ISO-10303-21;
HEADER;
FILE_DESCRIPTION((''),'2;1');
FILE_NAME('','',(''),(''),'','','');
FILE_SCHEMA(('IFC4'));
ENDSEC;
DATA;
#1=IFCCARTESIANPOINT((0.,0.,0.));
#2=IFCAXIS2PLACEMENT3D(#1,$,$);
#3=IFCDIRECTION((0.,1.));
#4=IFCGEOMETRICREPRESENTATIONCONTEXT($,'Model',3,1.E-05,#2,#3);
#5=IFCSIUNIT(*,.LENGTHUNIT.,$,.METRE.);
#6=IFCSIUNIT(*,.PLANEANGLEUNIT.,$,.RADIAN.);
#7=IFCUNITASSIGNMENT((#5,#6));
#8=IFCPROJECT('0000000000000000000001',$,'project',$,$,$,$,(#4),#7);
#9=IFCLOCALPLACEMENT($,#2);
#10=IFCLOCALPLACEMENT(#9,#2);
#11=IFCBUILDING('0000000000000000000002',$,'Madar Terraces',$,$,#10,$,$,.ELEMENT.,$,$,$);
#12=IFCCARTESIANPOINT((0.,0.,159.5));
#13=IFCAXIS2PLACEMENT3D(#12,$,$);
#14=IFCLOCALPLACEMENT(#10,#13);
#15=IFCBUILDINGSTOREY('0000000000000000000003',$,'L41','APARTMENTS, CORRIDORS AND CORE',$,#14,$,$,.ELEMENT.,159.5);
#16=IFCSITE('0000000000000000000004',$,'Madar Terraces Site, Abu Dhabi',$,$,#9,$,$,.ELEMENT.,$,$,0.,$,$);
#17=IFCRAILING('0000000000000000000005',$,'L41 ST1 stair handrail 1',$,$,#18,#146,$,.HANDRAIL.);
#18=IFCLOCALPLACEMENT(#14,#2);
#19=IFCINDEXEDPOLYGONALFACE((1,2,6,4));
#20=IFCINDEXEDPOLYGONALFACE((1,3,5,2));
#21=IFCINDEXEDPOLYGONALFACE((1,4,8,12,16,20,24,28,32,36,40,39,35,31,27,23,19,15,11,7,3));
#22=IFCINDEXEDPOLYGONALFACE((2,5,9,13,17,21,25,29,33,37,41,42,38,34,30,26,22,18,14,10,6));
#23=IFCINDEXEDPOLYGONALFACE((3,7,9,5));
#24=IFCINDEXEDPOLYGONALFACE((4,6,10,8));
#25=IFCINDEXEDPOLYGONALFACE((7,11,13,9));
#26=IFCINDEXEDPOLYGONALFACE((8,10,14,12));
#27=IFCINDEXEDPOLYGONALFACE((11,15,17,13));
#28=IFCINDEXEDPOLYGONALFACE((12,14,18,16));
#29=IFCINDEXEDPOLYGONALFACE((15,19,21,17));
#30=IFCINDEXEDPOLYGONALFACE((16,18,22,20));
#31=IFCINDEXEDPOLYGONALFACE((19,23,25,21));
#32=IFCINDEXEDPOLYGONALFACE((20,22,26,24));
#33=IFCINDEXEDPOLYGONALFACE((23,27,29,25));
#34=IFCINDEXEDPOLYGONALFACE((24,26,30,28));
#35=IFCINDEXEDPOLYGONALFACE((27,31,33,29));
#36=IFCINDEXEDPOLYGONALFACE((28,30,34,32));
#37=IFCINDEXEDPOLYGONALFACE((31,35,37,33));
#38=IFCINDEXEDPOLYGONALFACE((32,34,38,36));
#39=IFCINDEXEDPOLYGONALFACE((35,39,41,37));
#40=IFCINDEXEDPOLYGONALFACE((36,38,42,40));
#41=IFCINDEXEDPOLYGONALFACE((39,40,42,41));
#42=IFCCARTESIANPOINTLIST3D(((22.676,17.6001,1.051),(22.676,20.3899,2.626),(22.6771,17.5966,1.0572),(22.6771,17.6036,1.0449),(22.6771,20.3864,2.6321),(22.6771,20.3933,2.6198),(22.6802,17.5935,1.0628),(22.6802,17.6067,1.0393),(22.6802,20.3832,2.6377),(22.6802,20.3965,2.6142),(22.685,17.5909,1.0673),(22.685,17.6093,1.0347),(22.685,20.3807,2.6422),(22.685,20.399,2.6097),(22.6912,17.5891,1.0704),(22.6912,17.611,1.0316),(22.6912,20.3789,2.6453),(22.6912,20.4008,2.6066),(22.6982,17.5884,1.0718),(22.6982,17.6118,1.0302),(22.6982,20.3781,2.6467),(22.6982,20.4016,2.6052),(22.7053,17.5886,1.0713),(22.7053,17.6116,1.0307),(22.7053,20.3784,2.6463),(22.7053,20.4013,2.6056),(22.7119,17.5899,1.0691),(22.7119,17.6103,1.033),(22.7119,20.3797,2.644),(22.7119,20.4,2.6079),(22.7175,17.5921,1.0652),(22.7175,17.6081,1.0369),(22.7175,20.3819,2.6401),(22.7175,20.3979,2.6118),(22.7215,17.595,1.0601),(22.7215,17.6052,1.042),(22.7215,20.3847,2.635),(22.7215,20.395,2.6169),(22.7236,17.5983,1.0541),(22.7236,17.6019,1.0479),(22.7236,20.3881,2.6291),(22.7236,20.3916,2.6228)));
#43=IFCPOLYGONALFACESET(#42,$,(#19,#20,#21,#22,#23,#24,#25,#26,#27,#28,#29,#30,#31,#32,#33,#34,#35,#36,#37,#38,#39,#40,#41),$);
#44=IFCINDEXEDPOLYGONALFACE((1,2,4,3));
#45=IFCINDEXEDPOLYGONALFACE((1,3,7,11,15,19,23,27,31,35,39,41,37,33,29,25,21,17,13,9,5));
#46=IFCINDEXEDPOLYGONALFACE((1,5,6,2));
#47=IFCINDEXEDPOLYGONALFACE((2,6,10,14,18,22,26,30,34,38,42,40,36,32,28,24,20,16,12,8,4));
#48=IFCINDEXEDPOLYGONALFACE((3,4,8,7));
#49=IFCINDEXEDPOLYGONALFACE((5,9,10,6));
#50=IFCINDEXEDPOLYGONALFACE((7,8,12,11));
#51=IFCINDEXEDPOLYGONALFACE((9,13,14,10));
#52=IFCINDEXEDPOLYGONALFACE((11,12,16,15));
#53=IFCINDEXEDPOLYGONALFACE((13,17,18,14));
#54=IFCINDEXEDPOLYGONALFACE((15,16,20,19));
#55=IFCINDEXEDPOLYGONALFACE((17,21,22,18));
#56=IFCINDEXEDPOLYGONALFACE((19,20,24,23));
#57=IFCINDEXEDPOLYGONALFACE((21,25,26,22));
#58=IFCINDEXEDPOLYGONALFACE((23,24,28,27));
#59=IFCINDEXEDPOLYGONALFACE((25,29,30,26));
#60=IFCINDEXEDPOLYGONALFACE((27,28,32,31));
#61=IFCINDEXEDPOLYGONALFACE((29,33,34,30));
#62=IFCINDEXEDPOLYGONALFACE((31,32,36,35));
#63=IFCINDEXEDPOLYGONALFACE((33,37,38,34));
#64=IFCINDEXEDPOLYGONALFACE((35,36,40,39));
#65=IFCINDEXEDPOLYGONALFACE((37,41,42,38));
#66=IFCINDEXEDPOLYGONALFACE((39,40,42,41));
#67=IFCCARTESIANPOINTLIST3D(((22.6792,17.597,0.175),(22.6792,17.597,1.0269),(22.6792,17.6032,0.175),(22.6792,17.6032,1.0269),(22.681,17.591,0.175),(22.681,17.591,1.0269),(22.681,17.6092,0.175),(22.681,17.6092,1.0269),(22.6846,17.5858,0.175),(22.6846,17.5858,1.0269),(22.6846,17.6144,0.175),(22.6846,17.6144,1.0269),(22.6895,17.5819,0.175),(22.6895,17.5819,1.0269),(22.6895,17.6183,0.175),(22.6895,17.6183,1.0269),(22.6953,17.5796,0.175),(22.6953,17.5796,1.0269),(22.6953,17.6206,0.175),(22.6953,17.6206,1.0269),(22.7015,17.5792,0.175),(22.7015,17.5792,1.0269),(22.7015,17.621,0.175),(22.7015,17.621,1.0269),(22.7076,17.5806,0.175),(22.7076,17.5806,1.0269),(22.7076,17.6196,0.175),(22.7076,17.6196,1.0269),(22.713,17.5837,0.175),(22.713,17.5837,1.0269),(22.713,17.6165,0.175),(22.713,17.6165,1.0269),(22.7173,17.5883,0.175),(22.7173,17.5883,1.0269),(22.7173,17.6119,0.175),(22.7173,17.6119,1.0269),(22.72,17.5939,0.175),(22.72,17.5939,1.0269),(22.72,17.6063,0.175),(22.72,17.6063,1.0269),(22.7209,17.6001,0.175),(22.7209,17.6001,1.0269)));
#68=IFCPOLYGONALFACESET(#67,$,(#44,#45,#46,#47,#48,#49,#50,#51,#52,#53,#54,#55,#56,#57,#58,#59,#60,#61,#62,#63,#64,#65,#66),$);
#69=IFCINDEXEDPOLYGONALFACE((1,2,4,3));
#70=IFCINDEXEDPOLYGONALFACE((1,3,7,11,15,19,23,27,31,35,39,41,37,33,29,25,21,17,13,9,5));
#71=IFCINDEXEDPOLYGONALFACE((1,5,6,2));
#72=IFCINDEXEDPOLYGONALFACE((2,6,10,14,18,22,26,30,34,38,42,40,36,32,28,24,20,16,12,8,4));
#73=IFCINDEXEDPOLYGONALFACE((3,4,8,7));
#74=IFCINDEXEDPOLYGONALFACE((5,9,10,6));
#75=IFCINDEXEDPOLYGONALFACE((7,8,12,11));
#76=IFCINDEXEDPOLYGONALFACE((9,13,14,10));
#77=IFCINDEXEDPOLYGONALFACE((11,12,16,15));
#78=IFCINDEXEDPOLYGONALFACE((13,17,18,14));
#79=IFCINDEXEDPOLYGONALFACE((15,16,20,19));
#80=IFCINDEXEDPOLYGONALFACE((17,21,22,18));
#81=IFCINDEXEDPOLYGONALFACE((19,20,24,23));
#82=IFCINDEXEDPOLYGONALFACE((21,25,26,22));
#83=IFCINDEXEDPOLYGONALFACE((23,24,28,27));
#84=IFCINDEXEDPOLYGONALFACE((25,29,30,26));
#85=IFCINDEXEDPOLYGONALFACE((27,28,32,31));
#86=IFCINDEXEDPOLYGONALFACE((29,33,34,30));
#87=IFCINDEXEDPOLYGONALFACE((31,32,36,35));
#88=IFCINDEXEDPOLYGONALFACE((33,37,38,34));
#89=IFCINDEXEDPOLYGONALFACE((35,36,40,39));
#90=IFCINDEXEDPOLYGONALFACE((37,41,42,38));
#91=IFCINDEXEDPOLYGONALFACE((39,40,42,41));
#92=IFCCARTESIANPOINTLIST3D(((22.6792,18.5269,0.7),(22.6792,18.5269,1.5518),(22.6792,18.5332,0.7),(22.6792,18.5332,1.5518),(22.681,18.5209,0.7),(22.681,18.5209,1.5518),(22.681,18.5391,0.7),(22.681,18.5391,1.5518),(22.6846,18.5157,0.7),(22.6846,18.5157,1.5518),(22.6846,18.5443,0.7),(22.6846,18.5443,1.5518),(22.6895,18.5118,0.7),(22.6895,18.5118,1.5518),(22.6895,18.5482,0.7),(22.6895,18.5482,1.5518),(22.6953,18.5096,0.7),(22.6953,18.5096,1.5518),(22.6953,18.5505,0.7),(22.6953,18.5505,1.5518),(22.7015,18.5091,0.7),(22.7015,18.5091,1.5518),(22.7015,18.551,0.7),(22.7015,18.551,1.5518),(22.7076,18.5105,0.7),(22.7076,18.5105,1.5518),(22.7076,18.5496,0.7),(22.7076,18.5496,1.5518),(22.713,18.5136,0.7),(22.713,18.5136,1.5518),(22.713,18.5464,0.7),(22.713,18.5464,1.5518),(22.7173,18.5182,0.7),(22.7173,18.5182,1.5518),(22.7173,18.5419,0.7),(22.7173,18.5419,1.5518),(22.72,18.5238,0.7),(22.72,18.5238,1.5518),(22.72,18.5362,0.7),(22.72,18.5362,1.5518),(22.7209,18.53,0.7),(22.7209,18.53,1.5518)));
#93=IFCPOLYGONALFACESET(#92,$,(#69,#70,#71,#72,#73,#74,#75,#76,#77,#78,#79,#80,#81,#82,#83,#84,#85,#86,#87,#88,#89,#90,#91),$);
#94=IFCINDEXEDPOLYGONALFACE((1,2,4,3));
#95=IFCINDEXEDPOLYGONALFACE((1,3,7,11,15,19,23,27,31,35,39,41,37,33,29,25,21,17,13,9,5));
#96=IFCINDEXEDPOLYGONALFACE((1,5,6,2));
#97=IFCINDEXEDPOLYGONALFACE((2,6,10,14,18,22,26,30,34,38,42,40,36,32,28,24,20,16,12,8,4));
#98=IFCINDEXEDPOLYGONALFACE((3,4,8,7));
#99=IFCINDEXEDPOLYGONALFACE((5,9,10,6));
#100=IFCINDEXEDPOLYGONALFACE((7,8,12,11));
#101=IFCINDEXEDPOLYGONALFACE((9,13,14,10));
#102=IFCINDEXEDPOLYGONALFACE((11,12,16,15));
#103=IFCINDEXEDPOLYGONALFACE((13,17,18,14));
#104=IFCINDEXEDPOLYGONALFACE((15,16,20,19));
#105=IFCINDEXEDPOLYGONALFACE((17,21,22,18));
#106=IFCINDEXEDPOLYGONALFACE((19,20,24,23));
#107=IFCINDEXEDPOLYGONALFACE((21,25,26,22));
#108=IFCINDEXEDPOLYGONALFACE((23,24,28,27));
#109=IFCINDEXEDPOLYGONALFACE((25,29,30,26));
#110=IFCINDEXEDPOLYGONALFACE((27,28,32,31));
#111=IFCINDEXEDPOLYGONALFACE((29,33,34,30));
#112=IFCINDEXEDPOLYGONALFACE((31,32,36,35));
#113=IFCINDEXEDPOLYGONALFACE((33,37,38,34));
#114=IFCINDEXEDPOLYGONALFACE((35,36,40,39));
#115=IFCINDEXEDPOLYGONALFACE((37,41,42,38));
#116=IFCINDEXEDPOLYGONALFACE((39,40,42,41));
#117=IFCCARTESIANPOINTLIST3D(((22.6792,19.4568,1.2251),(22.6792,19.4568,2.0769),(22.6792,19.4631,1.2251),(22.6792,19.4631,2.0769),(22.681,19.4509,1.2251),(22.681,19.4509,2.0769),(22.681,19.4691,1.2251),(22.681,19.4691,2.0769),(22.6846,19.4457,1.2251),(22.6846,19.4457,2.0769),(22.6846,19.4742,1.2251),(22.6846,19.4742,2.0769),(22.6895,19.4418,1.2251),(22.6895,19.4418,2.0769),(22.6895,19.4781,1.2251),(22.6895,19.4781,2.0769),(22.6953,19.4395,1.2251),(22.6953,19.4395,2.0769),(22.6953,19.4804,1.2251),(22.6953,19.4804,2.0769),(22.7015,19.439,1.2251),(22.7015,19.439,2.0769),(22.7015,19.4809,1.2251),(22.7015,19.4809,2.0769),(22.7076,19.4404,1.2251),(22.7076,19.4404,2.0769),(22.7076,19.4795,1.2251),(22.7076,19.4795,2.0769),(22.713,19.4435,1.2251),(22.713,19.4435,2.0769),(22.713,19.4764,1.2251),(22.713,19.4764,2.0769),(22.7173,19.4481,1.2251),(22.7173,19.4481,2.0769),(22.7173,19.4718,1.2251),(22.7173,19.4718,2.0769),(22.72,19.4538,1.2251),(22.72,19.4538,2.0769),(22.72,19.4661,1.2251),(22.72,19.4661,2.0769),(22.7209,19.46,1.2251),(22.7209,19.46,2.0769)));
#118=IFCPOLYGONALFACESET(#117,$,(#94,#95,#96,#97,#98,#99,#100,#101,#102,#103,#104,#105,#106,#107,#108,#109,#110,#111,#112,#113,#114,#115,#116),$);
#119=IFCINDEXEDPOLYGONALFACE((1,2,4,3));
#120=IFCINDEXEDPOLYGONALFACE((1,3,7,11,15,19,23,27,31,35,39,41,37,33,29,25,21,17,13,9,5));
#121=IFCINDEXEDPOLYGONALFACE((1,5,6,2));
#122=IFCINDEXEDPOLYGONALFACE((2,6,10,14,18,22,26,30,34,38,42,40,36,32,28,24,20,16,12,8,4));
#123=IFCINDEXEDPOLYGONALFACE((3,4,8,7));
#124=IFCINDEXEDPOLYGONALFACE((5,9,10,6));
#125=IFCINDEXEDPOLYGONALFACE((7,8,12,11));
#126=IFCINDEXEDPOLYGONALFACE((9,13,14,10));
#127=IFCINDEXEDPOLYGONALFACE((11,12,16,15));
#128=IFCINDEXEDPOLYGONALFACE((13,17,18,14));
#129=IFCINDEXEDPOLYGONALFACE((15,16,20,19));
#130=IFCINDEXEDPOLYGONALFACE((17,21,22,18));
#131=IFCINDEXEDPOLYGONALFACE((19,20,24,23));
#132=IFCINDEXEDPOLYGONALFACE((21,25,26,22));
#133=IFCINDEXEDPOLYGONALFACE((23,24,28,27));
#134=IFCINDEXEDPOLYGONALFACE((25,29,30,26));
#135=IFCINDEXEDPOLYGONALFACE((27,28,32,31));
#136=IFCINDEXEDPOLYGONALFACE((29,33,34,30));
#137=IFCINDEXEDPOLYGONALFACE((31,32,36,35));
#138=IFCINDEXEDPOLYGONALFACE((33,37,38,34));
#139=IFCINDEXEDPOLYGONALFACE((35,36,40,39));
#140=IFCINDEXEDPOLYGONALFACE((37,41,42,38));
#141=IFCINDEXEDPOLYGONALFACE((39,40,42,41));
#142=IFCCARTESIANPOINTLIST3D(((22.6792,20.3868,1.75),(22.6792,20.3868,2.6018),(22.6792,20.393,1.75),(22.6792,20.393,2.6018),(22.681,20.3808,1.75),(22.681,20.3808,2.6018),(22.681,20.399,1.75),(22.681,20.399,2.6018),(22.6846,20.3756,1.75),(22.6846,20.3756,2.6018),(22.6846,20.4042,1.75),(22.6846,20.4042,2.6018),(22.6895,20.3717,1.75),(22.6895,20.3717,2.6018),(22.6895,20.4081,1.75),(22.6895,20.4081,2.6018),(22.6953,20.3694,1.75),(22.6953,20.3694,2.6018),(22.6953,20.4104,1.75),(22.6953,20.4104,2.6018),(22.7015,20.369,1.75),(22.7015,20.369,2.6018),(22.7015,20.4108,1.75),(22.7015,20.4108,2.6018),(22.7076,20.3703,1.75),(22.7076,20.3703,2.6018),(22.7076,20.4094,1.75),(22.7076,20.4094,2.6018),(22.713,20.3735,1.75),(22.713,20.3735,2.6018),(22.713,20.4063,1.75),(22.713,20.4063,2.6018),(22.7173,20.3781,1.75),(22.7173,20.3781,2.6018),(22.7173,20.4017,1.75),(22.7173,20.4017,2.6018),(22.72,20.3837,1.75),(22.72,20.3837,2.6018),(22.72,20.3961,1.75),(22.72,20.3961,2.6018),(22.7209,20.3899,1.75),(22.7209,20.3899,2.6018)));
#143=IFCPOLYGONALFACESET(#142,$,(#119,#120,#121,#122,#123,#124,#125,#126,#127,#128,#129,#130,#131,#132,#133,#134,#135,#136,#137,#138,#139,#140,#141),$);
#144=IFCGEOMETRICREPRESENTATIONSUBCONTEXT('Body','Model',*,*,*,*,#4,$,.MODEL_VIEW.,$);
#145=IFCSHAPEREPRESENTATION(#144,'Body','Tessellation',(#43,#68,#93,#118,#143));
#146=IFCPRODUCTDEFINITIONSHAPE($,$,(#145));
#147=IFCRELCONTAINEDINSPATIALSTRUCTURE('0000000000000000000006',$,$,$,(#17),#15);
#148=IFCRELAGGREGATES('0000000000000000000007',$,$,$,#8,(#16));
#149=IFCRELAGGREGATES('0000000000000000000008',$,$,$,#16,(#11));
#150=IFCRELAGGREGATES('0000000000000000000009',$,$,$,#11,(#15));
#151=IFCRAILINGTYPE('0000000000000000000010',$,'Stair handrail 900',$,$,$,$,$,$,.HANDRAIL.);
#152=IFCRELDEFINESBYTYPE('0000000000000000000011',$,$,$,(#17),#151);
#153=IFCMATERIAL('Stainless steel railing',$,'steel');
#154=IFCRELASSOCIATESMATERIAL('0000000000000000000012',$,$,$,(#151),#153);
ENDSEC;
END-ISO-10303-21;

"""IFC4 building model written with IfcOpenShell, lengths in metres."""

from ifc_helpers import new_model, si_unit, direction, frame, origin, origin_2d, place, context, subcontext, project, spatial, circle, extrude, material, type_object, element, save


model = new_model("IFC4")

# Units and contexts
model_context = context("Model", 3, precision=1e-05, world=origin(), true_north=direction((0.0, 1.0)))
body_context = subcontext(model_context, "Body", "Model", "MODEL_VIEW")
ifc_project = project(units=[si_unit("LENGTHUNIT", "METRE"), si_unit("PLANEANGLEUNIT", "RADIAN")], contexts=[model_context])

# Site, building, storey
site_placement = place(None, origin())
site = spatial("IfcSite", under=ifc_project, at=site_placement, Name="Madar Terraces Site, Abu Dhabi", CompositionType="ELEMENT", RefElevation=0.0)
building_placement = place(site_placement, origin())
building = spatial("IfcBuilding", under=site, at=building_placement, Name="Madar Terraces", CompositionType="ELEMENT")
storey_placement = place(building_placement, frame((0.0, 0.0, 159.5)))
storey = spatial("IfcBuildingStorey", under=building, at=storey_placement, Name="L41", Description="APARTMENTS, CORRIDORS AND CORE", CompositionType="ELEMENT", Elevation=159.5)

# Railing
ifc_material_1 = material(Name="Stainless steel railing", Category="steel")
railing_type_1 = type_object("IfcRailingType", Name="Stair handrail 900", PredefinedType="HANDRAIL", material=ifc_material_1)
railing_1_placement = place(storey_placement, frame((22.7, 17.6001, 0.175)))
element("IfcRailing", 1, at=railing_1_placement, inside=storey, type_object=railing_type_1, Name="L41 ST1 stair handrail 1", PredefinedType="HANDRAIL", context=body_context, shape_type="SweptSolid", body=[
    extrude(circle(Radius=0.0239, at=origin_2d()), frame((0.0, 0.0, 0.876), z_axis=(0.0, 0.870815, 0.49161), x_axis=(-1.0, 0.0, 0.0)), (0.0, 0.0, 1.0), 3.2036),
    extrude(circle(Radius=0.021, at=origin_2d()), origin(), (0.0, 0.0, 1.0), 0.8518),
    extrude(circle(Radius=0.021, at=origin_2d()), frame((0.0, 0.9299, 0.5249)), (0.0, 0.0, 1.0), 0.8518),
    extrude(circle(Radius=0.021, at=origin_2d()), frame((0.0, 1.8599, 1.05)), (0.0, 0.0, 1.0), 0.8518),
    extrude(circle(Radius=0.021, at=origin_2d()), frame((0.0, 2.7898, 1.575)), (0.0, 0.0, 1.0), 0.8518),
])

save(model, "model.ifc")
